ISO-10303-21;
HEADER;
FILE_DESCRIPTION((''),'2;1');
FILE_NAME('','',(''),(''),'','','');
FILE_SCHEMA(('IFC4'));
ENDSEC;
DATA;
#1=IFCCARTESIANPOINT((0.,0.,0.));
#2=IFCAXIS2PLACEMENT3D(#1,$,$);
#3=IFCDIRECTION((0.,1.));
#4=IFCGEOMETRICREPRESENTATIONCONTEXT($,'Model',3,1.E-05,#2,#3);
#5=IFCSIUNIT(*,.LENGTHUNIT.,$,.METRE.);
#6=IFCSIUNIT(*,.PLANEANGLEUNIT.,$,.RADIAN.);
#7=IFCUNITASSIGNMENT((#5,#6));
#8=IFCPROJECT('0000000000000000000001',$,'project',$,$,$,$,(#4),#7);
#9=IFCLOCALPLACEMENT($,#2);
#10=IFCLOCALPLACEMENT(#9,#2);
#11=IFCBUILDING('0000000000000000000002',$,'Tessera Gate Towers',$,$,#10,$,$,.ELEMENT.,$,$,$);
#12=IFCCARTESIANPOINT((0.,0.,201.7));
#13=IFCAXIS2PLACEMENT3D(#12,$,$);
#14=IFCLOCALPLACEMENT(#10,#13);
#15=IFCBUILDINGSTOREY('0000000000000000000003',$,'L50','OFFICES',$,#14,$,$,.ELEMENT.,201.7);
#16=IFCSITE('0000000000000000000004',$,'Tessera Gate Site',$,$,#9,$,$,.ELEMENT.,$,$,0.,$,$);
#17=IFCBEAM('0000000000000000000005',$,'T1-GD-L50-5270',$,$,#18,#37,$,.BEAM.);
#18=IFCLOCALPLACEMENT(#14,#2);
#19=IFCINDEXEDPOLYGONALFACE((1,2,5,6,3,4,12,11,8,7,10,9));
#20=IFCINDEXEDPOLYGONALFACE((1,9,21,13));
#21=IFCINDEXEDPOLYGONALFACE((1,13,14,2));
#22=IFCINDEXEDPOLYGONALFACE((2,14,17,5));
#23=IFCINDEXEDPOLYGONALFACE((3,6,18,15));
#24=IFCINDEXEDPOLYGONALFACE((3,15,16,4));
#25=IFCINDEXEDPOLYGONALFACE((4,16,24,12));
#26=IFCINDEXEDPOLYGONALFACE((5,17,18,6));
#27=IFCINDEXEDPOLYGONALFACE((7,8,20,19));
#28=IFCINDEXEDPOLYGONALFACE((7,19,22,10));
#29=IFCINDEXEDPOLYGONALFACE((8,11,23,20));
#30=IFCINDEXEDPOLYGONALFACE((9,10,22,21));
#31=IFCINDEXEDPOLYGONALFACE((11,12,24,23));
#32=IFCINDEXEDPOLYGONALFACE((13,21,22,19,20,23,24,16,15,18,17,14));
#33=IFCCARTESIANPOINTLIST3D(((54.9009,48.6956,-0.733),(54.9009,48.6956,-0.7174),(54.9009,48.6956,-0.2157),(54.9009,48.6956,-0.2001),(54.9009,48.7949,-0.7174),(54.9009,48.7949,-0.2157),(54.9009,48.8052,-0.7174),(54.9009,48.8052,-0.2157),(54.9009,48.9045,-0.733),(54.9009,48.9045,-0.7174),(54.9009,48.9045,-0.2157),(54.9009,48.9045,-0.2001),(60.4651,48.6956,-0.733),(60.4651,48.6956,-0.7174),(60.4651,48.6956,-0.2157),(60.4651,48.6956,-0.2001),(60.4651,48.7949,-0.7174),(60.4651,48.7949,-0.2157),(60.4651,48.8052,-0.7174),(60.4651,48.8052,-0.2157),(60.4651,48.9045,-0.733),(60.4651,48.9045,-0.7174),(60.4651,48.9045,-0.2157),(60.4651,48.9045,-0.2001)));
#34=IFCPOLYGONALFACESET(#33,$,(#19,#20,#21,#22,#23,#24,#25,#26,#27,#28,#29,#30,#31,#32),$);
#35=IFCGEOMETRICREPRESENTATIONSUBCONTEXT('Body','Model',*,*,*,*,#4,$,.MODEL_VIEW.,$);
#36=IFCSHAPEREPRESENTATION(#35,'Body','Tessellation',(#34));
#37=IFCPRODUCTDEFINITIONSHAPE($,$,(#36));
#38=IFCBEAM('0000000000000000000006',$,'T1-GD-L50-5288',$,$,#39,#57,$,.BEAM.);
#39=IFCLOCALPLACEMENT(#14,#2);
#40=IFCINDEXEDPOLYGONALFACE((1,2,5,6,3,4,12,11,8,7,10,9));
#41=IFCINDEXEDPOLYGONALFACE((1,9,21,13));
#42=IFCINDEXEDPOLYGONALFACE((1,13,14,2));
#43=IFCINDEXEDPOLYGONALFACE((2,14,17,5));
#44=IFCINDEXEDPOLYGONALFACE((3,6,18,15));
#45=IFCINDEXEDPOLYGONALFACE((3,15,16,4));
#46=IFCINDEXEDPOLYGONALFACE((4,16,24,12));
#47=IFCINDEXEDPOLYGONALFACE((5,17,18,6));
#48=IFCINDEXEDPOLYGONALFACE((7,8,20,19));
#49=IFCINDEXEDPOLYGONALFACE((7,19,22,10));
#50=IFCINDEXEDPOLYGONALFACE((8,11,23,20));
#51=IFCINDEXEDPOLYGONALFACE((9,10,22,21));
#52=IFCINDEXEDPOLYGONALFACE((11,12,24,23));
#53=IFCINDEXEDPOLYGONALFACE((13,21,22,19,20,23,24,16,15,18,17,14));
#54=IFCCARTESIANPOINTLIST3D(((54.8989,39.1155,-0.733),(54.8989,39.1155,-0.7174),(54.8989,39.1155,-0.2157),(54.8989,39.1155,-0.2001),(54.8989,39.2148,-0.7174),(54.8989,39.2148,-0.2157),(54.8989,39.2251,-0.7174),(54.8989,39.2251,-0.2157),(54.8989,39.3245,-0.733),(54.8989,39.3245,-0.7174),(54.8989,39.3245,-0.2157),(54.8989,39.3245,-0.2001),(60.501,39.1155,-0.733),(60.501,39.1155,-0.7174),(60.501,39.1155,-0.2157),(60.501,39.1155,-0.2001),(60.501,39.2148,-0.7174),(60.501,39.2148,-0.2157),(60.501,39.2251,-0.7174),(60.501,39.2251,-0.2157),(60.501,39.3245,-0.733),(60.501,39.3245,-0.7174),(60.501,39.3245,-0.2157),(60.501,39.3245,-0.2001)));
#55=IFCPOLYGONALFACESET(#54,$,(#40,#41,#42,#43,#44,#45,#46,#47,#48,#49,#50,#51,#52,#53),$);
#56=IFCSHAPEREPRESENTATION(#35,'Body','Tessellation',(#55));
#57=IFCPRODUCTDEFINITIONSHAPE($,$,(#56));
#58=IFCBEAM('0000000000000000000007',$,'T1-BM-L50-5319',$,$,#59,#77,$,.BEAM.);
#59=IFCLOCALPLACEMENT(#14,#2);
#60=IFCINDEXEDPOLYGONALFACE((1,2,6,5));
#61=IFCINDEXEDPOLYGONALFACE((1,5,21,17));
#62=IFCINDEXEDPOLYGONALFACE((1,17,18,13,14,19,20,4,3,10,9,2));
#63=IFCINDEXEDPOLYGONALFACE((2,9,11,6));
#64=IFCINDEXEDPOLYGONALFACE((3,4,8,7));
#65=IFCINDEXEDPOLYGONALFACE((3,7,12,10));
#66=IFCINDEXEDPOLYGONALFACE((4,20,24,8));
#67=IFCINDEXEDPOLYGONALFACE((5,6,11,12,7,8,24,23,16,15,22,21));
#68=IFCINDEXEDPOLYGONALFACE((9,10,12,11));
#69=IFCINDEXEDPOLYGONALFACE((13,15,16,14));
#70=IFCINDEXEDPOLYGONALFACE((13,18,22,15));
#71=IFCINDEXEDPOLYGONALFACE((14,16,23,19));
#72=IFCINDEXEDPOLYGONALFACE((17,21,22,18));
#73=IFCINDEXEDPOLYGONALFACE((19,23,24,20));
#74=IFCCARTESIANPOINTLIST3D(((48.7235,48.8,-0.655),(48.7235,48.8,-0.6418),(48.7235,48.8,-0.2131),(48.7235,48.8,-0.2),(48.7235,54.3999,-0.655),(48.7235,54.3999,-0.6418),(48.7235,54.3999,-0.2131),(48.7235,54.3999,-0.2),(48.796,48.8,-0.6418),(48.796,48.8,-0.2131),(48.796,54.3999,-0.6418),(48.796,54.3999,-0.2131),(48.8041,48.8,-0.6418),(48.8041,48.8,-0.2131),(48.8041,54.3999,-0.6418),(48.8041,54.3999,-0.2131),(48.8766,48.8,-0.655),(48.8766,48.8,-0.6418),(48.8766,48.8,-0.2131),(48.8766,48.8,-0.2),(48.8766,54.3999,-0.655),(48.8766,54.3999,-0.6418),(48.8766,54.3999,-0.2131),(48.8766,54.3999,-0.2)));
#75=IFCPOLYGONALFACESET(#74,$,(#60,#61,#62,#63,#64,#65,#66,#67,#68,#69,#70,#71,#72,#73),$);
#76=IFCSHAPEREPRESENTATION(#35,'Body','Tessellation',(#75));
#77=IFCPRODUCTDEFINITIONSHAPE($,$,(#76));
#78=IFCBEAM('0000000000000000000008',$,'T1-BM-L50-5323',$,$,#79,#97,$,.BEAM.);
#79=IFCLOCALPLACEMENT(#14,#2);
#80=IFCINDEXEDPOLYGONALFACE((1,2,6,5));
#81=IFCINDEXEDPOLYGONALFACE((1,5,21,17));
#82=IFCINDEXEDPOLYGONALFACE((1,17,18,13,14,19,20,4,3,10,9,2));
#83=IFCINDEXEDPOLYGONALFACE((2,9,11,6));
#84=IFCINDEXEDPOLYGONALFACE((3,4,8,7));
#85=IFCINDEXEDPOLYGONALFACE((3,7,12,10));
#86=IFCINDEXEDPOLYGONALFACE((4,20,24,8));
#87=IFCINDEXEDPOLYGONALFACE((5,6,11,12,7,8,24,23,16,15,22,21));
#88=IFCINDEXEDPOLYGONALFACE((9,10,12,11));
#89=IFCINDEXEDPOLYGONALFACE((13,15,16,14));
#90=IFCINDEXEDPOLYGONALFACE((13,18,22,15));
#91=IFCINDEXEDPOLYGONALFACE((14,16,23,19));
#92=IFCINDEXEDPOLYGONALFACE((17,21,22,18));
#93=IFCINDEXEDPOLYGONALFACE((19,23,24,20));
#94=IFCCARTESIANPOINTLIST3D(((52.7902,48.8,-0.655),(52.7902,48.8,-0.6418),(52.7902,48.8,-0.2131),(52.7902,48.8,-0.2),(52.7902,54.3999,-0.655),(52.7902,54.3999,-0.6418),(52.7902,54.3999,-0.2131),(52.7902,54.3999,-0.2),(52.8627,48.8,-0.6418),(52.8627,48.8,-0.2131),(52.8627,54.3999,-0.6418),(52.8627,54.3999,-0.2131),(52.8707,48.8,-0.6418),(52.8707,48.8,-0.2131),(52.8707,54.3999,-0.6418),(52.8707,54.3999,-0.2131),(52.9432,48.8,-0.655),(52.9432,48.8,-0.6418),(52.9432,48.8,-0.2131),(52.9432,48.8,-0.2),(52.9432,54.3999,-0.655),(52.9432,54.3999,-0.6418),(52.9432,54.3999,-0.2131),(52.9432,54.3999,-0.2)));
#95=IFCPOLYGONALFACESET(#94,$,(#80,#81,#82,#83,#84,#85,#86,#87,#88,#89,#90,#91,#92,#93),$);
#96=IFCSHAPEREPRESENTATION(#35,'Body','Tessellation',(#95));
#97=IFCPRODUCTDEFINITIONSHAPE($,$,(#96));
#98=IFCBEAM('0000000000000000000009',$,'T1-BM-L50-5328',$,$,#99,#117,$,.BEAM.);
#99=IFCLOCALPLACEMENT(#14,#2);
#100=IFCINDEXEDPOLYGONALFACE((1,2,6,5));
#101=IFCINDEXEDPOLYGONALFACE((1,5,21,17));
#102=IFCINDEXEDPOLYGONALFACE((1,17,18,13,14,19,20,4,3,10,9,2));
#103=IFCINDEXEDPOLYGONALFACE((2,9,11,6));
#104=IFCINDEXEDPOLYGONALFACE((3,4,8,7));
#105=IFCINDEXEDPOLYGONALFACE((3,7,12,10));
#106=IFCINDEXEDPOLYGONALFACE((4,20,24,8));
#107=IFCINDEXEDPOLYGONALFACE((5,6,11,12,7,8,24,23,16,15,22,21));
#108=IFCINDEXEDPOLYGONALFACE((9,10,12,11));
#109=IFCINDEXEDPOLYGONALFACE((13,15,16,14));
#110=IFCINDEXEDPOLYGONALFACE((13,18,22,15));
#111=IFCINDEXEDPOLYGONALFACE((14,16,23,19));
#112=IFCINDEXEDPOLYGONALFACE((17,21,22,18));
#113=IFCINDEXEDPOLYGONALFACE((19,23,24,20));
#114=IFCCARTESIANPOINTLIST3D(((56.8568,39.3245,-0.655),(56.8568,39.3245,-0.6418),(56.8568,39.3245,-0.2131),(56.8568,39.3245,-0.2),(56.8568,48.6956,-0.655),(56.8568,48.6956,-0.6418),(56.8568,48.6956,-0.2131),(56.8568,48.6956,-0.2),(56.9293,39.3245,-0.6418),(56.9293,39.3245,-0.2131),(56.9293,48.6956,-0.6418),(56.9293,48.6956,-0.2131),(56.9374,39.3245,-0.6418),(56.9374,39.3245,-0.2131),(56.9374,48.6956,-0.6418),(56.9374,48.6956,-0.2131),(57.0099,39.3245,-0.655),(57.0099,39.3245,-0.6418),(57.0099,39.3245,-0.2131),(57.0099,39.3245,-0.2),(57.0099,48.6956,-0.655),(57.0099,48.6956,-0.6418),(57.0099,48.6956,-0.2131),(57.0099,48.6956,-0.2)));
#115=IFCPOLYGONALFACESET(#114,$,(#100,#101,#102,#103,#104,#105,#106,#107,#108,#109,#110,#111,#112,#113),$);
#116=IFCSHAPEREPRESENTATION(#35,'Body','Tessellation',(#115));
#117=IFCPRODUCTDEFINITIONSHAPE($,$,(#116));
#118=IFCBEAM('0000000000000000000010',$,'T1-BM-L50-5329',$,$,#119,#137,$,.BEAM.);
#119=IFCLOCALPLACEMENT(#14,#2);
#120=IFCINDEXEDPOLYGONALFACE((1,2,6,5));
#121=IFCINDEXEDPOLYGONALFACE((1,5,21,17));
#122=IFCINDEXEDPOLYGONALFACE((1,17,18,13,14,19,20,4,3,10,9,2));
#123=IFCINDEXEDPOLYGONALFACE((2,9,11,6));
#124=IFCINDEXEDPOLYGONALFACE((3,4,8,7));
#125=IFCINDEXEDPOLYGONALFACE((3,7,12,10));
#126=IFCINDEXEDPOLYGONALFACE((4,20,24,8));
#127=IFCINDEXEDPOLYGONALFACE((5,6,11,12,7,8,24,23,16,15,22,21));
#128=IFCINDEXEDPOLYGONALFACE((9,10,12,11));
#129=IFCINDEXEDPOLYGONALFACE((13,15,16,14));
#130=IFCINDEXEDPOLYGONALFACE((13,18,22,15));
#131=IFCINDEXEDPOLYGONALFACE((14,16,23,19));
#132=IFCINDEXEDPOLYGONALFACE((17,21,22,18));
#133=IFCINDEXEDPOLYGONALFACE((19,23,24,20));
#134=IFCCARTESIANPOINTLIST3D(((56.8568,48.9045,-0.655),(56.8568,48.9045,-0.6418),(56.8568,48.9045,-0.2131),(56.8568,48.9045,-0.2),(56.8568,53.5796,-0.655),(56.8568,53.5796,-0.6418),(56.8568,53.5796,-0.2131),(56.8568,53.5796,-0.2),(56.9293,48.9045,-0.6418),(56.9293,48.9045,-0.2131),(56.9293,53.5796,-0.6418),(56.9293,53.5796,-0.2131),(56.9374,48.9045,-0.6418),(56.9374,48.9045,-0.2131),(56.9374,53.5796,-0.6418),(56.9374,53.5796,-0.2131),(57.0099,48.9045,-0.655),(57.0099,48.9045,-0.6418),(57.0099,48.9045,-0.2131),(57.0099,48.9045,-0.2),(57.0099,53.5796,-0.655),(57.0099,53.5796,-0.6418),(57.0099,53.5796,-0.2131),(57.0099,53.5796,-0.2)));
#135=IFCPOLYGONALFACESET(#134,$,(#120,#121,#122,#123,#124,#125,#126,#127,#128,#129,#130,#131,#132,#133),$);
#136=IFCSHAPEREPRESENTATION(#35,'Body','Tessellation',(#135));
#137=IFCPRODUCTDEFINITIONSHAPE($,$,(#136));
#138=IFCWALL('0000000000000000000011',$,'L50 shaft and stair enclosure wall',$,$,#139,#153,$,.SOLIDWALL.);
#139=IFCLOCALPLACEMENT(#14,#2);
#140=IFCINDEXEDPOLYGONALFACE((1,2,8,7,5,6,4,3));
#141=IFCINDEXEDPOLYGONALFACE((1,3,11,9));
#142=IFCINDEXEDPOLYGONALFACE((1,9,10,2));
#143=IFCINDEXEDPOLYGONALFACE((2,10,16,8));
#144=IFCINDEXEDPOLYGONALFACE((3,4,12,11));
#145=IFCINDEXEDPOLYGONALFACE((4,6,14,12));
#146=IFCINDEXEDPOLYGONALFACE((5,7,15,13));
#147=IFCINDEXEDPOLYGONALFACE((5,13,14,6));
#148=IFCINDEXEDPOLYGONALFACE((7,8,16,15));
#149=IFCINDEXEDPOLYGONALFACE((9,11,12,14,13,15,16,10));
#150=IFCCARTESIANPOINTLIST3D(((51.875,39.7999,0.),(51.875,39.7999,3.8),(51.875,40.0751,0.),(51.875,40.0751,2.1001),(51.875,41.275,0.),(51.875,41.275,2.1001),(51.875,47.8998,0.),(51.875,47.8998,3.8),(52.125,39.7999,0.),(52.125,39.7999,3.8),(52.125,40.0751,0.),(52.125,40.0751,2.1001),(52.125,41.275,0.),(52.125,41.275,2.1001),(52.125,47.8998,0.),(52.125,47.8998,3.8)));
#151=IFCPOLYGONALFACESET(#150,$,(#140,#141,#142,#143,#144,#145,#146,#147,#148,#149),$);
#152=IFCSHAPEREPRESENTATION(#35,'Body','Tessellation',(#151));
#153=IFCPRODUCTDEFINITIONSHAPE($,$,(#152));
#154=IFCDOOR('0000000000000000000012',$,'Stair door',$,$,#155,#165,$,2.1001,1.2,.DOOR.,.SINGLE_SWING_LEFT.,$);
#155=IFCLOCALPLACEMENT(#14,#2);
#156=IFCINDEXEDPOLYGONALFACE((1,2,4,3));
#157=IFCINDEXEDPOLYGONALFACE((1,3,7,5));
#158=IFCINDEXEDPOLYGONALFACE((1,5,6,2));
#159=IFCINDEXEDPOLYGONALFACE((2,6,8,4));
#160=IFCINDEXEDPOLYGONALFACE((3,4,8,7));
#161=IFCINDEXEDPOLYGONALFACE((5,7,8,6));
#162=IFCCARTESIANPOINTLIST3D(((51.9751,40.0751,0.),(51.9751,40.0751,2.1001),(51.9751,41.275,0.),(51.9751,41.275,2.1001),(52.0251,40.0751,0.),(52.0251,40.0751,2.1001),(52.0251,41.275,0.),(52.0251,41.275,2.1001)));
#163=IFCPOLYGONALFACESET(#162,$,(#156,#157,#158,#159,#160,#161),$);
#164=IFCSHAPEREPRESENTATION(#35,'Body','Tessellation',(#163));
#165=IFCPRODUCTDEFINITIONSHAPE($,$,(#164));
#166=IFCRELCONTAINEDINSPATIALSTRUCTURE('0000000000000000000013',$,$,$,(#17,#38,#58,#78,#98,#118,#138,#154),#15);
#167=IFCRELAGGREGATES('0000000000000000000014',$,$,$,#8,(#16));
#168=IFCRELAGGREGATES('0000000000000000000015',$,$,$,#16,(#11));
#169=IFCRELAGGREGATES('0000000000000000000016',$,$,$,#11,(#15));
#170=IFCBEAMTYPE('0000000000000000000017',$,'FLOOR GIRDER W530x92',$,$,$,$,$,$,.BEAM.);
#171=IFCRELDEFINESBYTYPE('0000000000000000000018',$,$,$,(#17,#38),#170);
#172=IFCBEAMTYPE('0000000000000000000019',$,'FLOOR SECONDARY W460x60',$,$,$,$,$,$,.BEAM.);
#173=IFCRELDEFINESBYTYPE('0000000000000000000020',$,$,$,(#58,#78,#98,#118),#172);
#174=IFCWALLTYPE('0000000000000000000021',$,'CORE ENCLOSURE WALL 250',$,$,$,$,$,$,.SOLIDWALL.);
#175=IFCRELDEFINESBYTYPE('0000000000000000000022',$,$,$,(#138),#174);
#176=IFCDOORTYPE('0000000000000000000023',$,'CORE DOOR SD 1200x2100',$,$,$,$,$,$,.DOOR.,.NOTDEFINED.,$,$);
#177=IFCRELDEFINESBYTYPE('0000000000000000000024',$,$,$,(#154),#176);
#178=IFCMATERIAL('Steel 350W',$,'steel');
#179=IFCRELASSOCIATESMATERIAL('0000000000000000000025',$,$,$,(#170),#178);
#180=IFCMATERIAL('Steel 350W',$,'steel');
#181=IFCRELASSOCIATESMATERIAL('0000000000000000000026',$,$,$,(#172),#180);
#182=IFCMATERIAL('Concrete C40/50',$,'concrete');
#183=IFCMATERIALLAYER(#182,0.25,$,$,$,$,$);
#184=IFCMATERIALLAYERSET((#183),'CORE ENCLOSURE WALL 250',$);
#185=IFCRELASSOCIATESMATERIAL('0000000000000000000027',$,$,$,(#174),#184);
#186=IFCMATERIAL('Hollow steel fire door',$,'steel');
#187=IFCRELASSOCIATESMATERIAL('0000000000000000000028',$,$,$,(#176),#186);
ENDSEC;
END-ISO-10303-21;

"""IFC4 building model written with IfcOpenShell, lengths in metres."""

from ifc_helpers import new_model, si_unit, direction, frame, frame_2d, origin, origin_2d, place, context, subcontext, project, spatial, rectangle, i_section, extrude, source, transform, mapped, material, layer, layer_set, material_profile, profile_set, type_object, element, fill, save


model = new_model("IFC4")

# Units and contexts
model_context = context("Model", 3, precision=1e-05, world=origin(), true_north=direction((0.0, 1.0)))
body_context = subcontext(model_context, "Body", "Model", "MODEL_VIEW")
ifc_project = project(units=[si_unit("LENGTHUNIT", "METRE"), si_unit("PLANEANGLEUNIT", "RADIAN")], contexts=[model_context])

# Site, building, storey
site_placement = place(None, origin())
site = spatial("IfcSite", under=ifc_project, at=site_placement, Name="Tessera Gate Site", CompositionType="ELEMENT", RefElevation=0.0)
building_placement = place(site_placement, origin())
building = spatial("IfcBuilding", under=site, at=building_placement, Name="Tessera Gate Towers", CompositionType="ELEMENT")
storey_placement = place(building_placement, frame((0.0, 0.0, 201.7)))
storey = spatial("IfcBuildingStorey", under=building, at=storey_placement, Name="L50", Description="OFFICES", CompositionType="ELEMENT", Elevation=201.7)

# Beams
ifc_material_1 = material(Name="Steel 350W", Category="steel")
ifc_material_profile_1 = material_profile(ifc_material_1, i_section(OverallWidth=0.209, OverallDepth=0.533, WebThickness=0.0103, FlangeThickness=0.0156, at=origin_2d()), Name="W530x92")
ifc_profile_set_1 = profile_set([ifc_material_profile_1], Name="Steel 350W")
beam_type_1 = type_object("IfcBeamType", Name="FLOOR GIRDER W530x92", PredefinedType="BEAM", material=ifc_profile_set_1)
beam_1_placement = place(storey_placement, frame((54.9009, 48.8, -0.4666), z_axis=(1.0, 0.0, 0.0), x_axis=(0.0, 1.0, 0.0)))
element("IfcBeam", 1, at=beam_1_placement, inside=storey, type_object=beam_type_1, Name="T1-GD-L50-5270", PredefinedType="BEAM", context=body_context, shape_type="SweptSolid", body=[
    extrude(i_section(OverallWidth=0.209, OverallDepth=0.533, WebThickness=0.0103, FlangeThickness=0.0156, at=origin_2d()), origin(), (0.0, 0.0, 1.0), 5.5642),
])
beam_2_placement = place(storey_placement, frame((54.8989, 39.22, -0.4666), z_axis=(1.0, 0.0, 0.0), x_axis=(0.0, 1.0, 0.0)))
element("IfcBeam", 2, at=beam_2_placement, inside=storey, type_object=beam_type_1, Name="T1-GD-L50-5288", PredefinedType="BEAM", context=body_context, shape_type="SweptSolid", body=[
    extrude(i_section(OverallWidth=0.209, OverallDepth=0.533, WebThickness=0.0103, FlangeThickness=0.0156, at=origin_2d()), origin(), (0.0, 0.0, 1.0), 5.6021),
])
ifc_material_2 = material(Name="Steel 350W", Category="steel")
ifc_material_profile_2 = material_profile(ifc_material_2, i_section(OverallWidth=0.1531, OverallDepth=0.4551, WebThickness=0.0081, FlangeThickness=0.0132, at=origin_2d()), Name="W460x60")
ifc_profile_set_2 = profile_set([ifc_material_profile_2], Name="Steel 350W")
beam_type_2 = type_object("IfcBeamType", Name="FLOOR SECONDARY W460x60", PredefinedType="BEAM", material=ifc_profile_set_2)
for number, where, z_axis, x_axis, name in (
    (3, (48.8, 48.8, -0.4275), (0.0, 1.0, 0.0), (-1.0, 0.0, 0.0), "T1-BM-L50-5319"),
    (4, (52.8667, 48.8, -0.4275), (0.0, 1.0, 0.0), (-1.0, 0.0, 0.0), "T1-BM-L50-5323"),
):
    element("IfcBeam", number, at=place(storey_placement, frame(where, z_axis=z_axis, x_axis=x_axis)), inside=storey, type_object=beam_type_2, Name=name, PredefinedType="BEAM", context=body_context, shape_type="SweptSolid", body=[
        extrude(i_section(OverallWidth=0.1531, OverallDepth=0.4551, WebThickness=0.0081, FlangeThickness=0.0132, at=origin_2d()), origin(), (0.0, 0.0, 1.0), 5.5999),
    ])
beam_3_placement = place(storey_placement, frame((56.9333, 39.3245, -0.4275), z_axis=(0.0, 1.0, 0.0), x_axis=(-1.0, 0.0, 0.0)))
element("IfcBeam", 5, at=beam_3_placement, inside=storey, type_object=beam_type_2, Name="T1-BM-L50-5328", PredefinedType="BEAM", context=body_context, shape_type="SweptSolid", body=[
    extrude(i_section(OverallWidth=0.1531, OverallDepth=0.4551, WebThickness=0.0081, FlangeThickness=0.0132, at=origin_2d()), origin(), (0.0, 0.0, 1.0), 9.3711),
])
beam_4_placement = place(storey_placement, frame((56.9333, 48.9045, -0.4275), z_axis=(0.0, 1.0, 0.0), x_axis=(-1.0, 0.0, 0.0)))
element("IfcBeam", 6, at=beam_4_placement, inside=storey, type_object=beam_type_2, Name="T1-BM-L50-5329", PredefinedType="BEAM", context=body_context, shape_type="SweptSolid", body=[
    extrude(i_section(OverallWidth=0.1531, OverallDepth=0.4551, WebThickness=0.0081, FlangeThickness=0.0132, at=origin_2d()), origin(), (0.0, 0.0, 1.0), 4.675),
])

# Wall, opening, door
ifc_material_3 = material(Name="Concrete C40/50", Category="concrete")
ifc_layer_1 = layer(ifc_material_3, 0.25)
ifc_layer_set_1 = layer_set([ifc_layer_1], Name="CORE ENCLOSURE WALL 250")
wall_type_1 = type_object("IfcWallType", Name="CORE ENCLOSURE WALL 250", PredefinedType="SOLIDWALL", material=ifc_layer_set_1)
wall_1_placement = place(storey_placement, frame((52.0, 39.8, 0.0), z_axis=(0.0, 0.0, 1.0), x_axis=(0.0, 1.0, 0.0)))
wall_1 = element("IfcWall", 7, at=wall_1_placement, inside=storey, type_object=wall_type_1, Name="L50 shaft and stair enclosure wall", PredefinedType="SOLIDWALL", context=body_context, shape_type="SweptSolid", body=[
    extrude(rectangle(XDim=8.0999, YDim=0.25, at=frame_2d((4.0498, 0.0))), origin(), (0.0, 0.0, 1.0), 3.8),
])
shared_shape_1 = source(origin(), body_context, "Body", "SweptSolid", [
    extrude(rectangle(XDim=1.2, YDim=2.1001, at=frame_2d((0.6001, 1.05))), frame((0.0, 0.135, 0.0), z_axis=(0.0, -1.0, 0.0), x_axis=(1.0, 0.0, 0.0)), (0.0, 0.0, 1.0), 0.27),
])
opening_1_placement = place(wall_1_placement, frame((0.2749, 0.0, 0.0)))
opening_1 = element("IfcOpeningElement", 8, at=opening_1_placement, cuts=wall_1, PredefinedType="OPENING", context=body_context, shape_type="MappedRepresentation", body=[
    mapped(shared_shape_1, transform((0.0, 0.0, 0.0), scale=1.0)),
])
ifc_material_4 = material(Name="Hollow steel fire door", Category="steel")
door_type_1 = type_object("IfcDoorType", Name="CORE DOOR SD 1200x2100", OperationType="NOTDEFINED", PredefinedType="DOOR", material=ifc_material_4)
shared_shape_2 = source(origin(), body_context, "Body", "SweptSolid", [
    extrude(rectangle(XDim=1.2, YDim=2.1001, at=frame_2d((0.6001, 1.05))), frame((0.0, 0.0249, 0.0), z_axis=(0.0, -1.0, 0.0), x_axis=(1.0, 0.0, 0.0)), (0.0, 0.0, 1.0), 0.05),
])
door_1_placement = place(opening_1_placement, origin())
door_1 = element("IfcDoor", 9, at=door_1_placement, inside=storey, type_object=door_type_1, Name="Stair door", OperationType="SINGLE_SWING_LEFT", OverallHeight=2.1001, OverallWidth=1.2, PredefinedType="DOOR", context=body_context, shape_type="MappedRepresentation", body=[
    mapped(shared_shape_2, transform((0.0, 0.0, 0.0), scale=1.0)),
])
fill(opening_1, door_1)

save(model, "model.ifc")
